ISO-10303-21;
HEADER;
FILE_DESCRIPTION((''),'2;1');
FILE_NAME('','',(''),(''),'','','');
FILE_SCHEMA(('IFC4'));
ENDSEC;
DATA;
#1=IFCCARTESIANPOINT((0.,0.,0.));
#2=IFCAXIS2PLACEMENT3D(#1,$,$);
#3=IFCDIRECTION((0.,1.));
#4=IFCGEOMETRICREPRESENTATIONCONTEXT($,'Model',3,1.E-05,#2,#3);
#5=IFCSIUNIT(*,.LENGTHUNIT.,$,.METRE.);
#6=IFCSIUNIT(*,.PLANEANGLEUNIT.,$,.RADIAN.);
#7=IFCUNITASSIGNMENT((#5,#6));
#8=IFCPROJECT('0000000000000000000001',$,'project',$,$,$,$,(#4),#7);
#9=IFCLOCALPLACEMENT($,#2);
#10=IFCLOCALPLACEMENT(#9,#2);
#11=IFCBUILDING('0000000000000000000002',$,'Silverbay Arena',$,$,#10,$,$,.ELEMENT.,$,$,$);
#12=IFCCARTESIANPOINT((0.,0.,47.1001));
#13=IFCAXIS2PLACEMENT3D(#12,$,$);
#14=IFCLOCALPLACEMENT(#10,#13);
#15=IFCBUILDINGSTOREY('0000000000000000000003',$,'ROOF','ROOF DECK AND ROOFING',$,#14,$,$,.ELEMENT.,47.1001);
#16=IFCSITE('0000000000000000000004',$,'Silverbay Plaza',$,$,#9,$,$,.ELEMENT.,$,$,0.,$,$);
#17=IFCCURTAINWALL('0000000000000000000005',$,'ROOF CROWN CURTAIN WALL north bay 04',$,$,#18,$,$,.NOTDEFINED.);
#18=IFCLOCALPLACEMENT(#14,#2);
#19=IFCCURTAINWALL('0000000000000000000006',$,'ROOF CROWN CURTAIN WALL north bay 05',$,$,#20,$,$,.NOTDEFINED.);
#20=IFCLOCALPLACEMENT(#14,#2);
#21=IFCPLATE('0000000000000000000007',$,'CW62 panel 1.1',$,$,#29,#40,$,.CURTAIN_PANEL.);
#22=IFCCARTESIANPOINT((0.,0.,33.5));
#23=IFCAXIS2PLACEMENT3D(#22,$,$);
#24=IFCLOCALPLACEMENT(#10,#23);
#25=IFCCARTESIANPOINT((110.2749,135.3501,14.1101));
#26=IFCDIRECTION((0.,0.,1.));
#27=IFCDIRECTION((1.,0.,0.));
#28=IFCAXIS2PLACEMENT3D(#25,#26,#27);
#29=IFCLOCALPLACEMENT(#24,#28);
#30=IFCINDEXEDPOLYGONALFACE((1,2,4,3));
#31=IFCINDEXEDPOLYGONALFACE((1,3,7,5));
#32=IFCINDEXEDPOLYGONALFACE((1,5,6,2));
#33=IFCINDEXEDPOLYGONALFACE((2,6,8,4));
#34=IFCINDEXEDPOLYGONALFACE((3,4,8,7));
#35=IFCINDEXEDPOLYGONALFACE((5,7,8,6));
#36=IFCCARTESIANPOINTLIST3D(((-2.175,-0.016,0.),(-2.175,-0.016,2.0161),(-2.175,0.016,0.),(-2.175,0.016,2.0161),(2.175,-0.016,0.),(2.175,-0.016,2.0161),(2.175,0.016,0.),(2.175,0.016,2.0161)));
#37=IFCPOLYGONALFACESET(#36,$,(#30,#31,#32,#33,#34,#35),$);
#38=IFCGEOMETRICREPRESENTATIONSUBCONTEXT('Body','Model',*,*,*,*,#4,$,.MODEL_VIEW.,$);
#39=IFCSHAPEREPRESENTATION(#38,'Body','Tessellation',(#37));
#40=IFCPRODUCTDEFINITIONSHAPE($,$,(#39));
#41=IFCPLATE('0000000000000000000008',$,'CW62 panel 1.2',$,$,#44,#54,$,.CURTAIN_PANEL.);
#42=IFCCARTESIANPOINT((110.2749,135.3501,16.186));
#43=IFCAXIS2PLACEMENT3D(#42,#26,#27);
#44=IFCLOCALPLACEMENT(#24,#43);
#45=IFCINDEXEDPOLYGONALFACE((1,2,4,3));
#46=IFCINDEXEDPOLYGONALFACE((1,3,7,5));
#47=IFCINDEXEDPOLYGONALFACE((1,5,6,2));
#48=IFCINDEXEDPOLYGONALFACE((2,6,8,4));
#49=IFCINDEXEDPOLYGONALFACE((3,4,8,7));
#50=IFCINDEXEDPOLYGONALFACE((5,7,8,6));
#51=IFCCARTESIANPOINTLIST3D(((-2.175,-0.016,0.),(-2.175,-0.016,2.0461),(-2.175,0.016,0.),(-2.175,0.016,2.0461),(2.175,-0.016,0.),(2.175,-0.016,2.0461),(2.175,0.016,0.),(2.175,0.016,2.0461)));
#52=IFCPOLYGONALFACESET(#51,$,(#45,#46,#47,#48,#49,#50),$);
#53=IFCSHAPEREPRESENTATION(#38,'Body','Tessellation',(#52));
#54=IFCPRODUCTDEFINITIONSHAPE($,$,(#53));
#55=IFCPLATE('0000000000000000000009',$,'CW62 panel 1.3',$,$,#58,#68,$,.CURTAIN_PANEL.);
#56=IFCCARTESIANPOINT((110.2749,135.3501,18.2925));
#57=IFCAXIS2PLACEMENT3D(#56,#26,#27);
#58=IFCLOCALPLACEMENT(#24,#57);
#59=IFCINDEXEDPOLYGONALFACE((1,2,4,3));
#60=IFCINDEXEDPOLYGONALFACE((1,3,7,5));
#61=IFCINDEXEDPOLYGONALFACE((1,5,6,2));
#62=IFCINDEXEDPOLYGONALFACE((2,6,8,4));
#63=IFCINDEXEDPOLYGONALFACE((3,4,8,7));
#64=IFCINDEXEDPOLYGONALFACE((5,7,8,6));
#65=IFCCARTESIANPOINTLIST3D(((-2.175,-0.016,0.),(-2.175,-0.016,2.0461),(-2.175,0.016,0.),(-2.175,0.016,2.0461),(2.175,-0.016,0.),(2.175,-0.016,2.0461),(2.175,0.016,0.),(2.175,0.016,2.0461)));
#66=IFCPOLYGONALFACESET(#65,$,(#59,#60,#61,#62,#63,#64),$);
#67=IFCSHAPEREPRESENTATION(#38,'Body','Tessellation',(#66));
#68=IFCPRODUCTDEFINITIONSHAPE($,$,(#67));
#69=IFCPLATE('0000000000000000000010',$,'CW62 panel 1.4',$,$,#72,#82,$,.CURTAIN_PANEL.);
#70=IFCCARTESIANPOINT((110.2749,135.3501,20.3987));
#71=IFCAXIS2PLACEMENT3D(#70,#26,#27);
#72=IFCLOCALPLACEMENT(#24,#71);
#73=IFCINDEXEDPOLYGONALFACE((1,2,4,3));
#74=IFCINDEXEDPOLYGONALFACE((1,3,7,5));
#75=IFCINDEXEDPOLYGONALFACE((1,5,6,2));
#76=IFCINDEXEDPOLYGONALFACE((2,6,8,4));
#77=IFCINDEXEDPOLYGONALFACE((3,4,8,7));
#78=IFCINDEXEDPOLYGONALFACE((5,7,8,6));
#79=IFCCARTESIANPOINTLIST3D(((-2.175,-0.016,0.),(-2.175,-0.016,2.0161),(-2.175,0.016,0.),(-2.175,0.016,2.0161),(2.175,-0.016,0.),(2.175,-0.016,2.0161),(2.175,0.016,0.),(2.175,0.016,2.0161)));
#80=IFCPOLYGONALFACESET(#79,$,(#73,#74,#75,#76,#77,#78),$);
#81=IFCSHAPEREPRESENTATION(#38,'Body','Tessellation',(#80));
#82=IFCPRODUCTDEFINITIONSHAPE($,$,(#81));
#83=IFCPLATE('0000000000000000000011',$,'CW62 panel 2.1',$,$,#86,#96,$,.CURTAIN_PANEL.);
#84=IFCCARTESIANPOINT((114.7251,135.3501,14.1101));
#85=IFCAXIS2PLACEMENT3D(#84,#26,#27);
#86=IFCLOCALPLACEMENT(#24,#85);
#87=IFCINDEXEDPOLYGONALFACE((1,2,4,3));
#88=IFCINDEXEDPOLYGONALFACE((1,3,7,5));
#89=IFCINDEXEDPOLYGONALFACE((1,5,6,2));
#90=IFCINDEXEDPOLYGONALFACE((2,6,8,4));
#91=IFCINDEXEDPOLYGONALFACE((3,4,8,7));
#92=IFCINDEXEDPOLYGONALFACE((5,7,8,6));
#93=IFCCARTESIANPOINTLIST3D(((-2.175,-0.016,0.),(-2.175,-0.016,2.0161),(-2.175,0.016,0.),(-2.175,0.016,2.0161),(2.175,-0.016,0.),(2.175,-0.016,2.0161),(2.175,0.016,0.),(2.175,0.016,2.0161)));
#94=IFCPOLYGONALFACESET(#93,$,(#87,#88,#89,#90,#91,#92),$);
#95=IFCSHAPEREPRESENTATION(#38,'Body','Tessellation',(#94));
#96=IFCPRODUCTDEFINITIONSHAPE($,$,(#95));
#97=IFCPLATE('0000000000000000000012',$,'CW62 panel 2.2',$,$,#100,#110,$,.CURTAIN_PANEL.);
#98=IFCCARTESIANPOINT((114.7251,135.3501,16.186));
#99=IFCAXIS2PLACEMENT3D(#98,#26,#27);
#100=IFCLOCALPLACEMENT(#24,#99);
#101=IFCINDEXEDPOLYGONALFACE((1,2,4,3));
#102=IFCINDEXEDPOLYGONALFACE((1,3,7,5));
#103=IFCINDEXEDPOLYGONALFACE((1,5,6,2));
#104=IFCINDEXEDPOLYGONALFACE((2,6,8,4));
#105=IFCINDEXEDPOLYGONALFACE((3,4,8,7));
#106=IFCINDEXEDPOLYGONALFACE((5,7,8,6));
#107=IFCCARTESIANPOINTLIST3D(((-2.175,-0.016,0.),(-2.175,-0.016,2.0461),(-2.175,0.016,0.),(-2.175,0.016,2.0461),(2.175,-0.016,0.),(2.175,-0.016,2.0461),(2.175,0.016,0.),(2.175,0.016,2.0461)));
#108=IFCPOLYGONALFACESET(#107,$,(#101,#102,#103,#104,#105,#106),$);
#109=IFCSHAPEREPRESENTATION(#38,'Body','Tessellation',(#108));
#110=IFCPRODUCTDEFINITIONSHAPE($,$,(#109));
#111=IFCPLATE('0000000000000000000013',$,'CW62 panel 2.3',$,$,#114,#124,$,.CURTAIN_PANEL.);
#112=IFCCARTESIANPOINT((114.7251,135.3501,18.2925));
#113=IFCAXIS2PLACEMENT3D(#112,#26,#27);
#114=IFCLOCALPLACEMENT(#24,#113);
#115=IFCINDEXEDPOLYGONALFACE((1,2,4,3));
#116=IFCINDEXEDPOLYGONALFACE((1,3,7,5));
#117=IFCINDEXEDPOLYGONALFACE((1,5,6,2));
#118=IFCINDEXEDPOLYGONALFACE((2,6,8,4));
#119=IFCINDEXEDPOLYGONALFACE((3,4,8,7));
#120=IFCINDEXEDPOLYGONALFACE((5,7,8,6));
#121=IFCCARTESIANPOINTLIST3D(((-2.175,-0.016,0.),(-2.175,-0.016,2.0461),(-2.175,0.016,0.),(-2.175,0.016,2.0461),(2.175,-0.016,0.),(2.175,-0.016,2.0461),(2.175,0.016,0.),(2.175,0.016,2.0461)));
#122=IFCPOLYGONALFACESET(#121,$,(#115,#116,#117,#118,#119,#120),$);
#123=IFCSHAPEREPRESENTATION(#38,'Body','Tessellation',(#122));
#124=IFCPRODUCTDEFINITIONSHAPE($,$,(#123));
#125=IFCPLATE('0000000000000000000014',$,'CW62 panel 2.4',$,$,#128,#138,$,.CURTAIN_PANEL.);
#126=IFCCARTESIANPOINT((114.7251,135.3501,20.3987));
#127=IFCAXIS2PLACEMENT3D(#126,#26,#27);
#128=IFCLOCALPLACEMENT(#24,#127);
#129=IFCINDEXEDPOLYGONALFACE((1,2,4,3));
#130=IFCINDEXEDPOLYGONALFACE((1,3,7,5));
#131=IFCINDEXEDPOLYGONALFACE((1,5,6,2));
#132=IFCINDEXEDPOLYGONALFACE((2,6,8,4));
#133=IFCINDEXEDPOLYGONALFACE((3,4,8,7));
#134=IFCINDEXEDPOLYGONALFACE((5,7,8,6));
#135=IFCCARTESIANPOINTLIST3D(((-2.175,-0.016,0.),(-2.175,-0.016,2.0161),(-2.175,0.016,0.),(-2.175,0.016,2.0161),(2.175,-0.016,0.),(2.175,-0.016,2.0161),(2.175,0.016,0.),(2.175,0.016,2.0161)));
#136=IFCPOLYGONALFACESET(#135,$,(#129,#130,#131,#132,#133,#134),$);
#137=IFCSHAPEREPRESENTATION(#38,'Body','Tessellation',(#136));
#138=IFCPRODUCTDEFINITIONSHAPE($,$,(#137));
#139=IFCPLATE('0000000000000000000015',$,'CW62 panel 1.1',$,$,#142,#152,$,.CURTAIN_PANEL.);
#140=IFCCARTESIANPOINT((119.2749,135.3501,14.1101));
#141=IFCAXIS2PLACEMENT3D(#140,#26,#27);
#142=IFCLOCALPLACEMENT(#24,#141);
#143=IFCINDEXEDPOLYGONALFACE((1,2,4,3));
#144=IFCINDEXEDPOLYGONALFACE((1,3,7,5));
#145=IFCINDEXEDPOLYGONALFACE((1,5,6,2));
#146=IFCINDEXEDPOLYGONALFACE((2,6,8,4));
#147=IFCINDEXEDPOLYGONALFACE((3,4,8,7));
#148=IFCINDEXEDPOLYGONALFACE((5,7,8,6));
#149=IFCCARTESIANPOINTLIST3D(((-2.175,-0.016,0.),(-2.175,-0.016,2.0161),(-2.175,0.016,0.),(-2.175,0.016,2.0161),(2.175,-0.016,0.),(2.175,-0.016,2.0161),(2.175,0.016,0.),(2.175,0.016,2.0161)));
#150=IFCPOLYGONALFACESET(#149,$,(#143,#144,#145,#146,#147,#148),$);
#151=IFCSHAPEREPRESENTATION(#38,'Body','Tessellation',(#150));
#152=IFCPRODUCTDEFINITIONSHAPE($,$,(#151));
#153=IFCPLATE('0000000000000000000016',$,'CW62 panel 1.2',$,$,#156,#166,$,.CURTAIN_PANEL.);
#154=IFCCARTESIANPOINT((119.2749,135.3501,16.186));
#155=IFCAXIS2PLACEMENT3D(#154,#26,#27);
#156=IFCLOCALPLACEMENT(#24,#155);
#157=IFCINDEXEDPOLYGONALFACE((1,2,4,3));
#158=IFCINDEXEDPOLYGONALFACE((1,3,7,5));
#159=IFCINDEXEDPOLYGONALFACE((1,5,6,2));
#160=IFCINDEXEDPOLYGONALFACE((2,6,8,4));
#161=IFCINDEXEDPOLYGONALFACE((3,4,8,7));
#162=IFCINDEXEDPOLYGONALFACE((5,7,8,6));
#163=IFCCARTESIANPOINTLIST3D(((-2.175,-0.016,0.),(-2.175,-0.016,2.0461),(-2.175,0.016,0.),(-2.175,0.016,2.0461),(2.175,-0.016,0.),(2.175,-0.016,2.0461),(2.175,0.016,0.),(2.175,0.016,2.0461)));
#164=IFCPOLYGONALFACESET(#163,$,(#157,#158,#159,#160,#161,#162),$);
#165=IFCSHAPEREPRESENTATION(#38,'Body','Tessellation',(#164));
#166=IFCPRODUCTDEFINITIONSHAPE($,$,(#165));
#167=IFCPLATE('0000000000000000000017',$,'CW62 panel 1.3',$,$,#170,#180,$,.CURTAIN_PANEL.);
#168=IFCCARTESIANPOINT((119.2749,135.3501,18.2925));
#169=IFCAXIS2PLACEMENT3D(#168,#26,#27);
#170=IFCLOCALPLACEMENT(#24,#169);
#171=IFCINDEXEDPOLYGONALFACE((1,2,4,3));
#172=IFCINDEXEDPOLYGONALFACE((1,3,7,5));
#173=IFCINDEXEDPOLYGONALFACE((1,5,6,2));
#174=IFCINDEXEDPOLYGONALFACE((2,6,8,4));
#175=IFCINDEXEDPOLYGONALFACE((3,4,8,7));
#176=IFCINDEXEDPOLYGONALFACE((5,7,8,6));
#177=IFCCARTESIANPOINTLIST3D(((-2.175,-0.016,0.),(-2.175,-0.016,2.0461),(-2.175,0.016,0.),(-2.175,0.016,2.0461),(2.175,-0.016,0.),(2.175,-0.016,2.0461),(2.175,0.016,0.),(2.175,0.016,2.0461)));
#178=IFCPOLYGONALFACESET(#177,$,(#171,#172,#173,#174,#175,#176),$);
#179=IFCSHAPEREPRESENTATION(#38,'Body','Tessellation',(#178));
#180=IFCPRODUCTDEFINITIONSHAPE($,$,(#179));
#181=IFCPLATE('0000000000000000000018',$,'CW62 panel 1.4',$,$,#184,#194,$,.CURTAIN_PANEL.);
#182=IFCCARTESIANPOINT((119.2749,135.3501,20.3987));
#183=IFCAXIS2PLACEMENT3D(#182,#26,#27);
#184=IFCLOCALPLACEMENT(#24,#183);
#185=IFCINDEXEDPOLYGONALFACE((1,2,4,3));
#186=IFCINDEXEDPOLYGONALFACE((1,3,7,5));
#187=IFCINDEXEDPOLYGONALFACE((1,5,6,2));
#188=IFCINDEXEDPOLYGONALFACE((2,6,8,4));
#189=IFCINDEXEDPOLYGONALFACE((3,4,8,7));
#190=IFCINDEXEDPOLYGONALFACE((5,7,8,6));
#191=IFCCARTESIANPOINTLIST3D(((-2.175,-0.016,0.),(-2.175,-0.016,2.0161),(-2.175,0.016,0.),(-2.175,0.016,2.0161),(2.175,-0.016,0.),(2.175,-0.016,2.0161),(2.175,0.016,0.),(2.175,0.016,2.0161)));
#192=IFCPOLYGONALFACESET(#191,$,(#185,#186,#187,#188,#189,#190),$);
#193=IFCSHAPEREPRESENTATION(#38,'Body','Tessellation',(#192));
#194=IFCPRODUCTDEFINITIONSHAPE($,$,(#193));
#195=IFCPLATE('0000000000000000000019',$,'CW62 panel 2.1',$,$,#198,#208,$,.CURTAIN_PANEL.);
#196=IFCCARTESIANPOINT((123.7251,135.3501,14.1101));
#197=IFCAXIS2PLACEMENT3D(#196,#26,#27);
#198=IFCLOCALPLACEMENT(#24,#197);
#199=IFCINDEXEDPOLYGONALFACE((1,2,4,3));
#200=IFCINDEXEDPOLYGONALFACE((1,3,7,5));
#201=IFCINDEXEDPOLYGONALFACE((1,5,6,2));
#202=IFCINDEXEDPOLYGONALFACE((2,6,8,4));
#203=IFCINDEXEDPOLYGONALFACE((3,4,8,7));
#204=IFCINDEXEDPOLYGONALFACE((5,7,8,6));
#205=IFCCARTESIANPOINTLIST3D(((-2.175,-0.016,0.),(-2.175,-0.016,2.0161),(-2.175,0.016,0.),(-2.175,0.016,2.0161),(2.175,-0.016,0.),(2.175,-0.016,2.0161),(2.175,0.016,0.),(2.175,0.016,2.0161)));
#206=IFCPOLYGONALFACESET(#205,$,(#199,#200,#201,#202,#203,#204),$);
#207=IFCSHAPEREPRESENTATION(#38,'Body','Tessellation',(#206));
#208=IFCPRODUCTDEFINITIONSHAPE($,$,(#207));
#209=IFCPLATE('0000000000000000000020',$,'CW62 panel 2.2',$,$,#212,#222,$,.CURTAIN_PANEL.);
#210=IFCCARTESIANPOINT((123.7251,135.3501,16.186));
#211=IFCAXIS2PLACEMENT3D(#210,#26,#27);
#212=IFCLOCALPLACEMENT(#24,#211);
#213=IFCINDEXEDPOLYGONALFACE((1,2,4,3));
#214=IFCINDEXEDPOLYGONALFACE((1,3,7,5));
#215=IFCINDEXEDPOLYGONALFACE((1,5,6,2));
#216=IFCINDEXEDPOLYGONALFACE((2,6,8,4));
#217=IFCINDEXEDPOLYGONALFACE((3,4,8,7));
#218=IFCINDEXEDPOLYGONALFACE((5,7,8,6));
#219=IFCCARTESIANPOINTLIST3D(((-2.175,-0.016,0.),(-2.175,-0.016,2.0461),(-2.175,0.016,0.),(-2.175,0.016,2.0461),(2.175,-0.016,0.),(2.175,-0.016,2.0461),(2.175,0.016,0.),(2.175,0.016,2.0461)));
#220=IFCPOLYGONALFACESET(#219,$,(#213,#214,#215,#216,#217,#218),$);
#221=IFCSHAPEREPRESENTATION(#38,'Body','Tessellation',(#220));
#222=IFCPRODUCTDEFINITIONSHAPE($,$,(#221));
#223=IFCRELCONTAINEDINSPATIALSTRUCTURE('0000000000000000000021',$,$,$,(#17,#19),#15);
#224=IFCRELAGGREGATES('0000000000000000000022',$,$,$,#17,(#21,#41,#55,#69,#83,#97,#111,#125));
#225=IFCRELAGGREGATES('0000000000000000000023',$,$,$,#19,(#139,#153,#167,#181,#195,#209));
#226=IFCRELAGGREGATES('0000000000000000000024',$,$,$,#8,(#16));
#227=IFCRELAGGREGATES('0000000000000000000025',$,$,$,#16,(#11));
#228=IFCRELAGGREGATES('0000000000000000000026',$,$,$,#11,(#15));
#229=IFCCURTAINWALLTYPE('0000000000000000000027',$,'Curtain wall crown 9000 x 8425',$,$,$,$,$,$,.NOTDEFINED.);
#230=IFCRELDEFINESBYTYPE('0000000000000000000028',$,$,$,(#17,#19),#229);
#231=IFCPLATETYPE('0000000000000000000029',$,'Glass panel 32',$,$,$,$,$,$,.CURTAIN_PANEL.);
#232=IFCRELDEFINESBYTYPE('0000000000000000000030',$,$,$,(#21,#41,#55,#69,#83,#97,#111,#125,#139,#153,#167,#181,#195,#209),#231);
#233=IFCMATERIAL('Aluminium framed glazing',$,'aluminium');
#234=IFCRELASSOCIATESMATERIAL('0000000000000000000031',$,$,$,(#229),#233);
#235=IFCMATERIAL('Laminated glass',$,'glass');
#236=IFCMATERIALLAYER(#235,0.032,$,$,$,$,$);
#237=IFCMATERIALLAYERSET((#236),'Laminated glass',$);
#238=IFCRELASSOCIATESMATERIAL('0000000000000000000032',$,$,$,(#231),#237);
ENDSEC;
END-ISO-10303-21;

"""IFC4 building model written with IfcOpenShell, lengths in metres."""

from ifc_helpers import new_model, si_unit, direction, frame, origin, origin_2d, place, context, subcontext, project, spatial, rectangle, extrude, material, layer, layer_set, type_object, element, aggregate, save


model = new_model("IFC4")

# Units and contexts
model_context = context("Model", 3, precision=1e-05, world=origin(), true_north=direction((0.0, 1.0)))
body_context = subcontext(model_context, "Body", "Model", "MODEL_VIEW")
ifc_project = project(units=[si_unit("LENGTHUNIT", "METRE"), si_unit("PLANEANGLEUNIT", "RADIAN")], contexts=[model_context])

# Site, building, storey
site_placement = place(None, origin())
site = spatial("IfcSite", under=ifc_project, at=site_placement, Name="Silverbay Plaza", CompositionType="ELEMENT", RefElevation=0.0)
building_placement = place(site_placement, origin())
building = spatial("IfcBuilding", under=site, at=building_placement, Name="Silverbay Arena", CompositionType="ELEMENT")
storey_placement = place(building_placement, frame((0.0, 0.0, 47.1001)))
storey = spatial("IfcBuildingStorey", under=building, at=storey_placement, Name="ROOF", Description="ROOF DECK AND ROOFING", CompositionType="ELEMENT", Elevation=47.1001)

# Curtain walls
ifc_material_1 = material(Name="Aluminium framed glazing", Category="aluminium")
curtain_wall_type = type_object("IfcCurtainWallType", Name="Curtain wall crown 9000 x 8425", PredefinedType="NOTDEFINED", material=ifc_material_1)
curtain_wall_1_placement = place(storey_placement, origin())
curtain_wall_1 = element("IfcCurtainWall", 1, at=curtain_wall_1_placement, inside=storey, type_object=curtain_wall_type, Name="ROOF CROWN CURTAIN WALL north bay 04", PredefinedType="NOTDEFINED")
placement = place(building_placement, frame((0.0, 0.0, 33.5)))
curtain_wall_2_placement = place(storey_placement, origin())
curtain_wall_2 = element("IfcCurtainWall", 2, at=curtain_wall_2_placement, inside=storey, type_object=curtain_wall_type, Name="ROOF CROWN CURTAIN WALL north bay 05", PredefinedType="NOTDEFINED")

# Plates
ifc_material_2 = material(Name="Laminated glass", Category="glass")
ifc_layer = layer(ifc_material_2, 0.032)
ifc_layer_set = layer_set([ifc_layer], Name="Laminated glass")
plate_type = type_object("IfcPlateType", Name="Glass panel 32", PredefinedType="CURTAIN_PANEL", material=ifc_layer_set)
plate_1_placement = place(placement, frame((110.2749, 135.3501, 14.1101), z_axis=(0.0, 0.0, 1.0), x_axis=(1.0, 0.0, 0.0)))
plate_1 = element("IfcPlate", 3, at=plate_1_placement, type_object=plate_type, Name="CW62 panel 1.1", PredefinedType="CURTAIN_PANEL", context=body_context, shape_type="SweptSolid", body=[
    extrude(rectangle(XDim=4.3501, YDim=0.032, at=origin_2d()), origin(), (0.0, 0.0, 1.0), 2.0161),
])
plate_2_placement = place(placement, frame((110.2749, 135.3501, 16.186), z_axis=(0.0, 0.0, 1.0), x_axis=(1.0, 0.0, 0.0)))
plate_2 = element("IfcPlate", 4, at=plate_2_placement, type_object=plate_type, Name="CW62 panel 1.2", PredefinedType="CURTAIN_PANEL", context=body_context, shape_type="SweptSolid", body=[
    extrude(rectangle(XDim=4.3501, YDim=0.032, at=origin_2d()), origin(), (0.0, 0.0, 1.0), 2.0461),
])
plate_3_placement = place(placement, frame((110.2749, 135.3501, 18.2925), z_axis=(0.0, 0.0, 1.0), x_axis=(1.0, 0.0, 0.0)))
plate_3 = element("IfcPlate", 5, at=plate_3_placement, type_object=plate_type, Name="CW62 panel 1.3", PredefinedType="CURTAIN_PANEL", context=body_context, shape_type="SweptSolid", body=[
    extrude(rectangle(XDim=4.3501, YDim=0.032, at=origin_2d()), origin(), (0.0, 0.0, 1.0), 2.0461),
])
plate_4_placement = place(placement, frame((110.2749, 135.3501, 20.3987), z_axis=(0.0, 0.0, 1.0), x_axis=(1.0, 0.0, 0.0)))
plate_4 = element("IfcPlate", 6, at=plate_4_placement, type_object=plate_type, Name="CW62 panel 1.4", PredefinedType="CURTAIN_PANEL", context=body_context, shape_type="SweptSolid", body=[
    extrude(rectangle(XDim=4.3501, YDim=0.032, at=origin_2d()), origin(), (0.0, 0.0, 1.0), 2.0161),
])
plate_5_placement = place(placement, frame((114.7251, 135.3501, 14.1101), z_axis=(0.0, 0.0, 1.0), x_axis=(1.0, 0.0, 0.0)))
plate_5 = element("IfcPlate", 7, at=plate_5_placement, type_object=plate_type, Name="CW62 panel 2.1", PredefinedType="CURTAIN_PANEL", context=body_context, shape_type="SweptSolid", body=[
    extrude(rectangle(XDim=4.3501, YDim=0.032, at=origin_2d()), origin(), (0.0, 0.0, 1.0), 2.0161),
])
plate_6_placement = place(placement, frame((114.7251, 135.3501, 16.186), z_axis=(0.0, 0.0, 1.0), x_axis=(1.0, 0.0, 0.0)))
plate_6 = element("IfcPlate", 8, at=plate_6_placement, type_object=plate_type, Name="CW62 panel 2.2", PredefinedType="CURTAIN_PANEL", context=body_context, shape_type="SweptSolid", body=[
    extrude(rectangle(XDim=4.3501, YDim=0.032, at=origin_2d()), origin(), (0.0, 0.0, 1.0), 2.0461),
])
plate_7_placement = place(placement, frame((114.7251, 135.3501, 18.2925), z_axis=(0.0, 0.0, 1.0), x_axis=(1.0, 0.0, 0.0)))
plate_7 = element("IfcPlate", 9, at=plate_7_placement, type_object=plate_type, Name="CW62 panel 2.3", PredefinedType="CURTAIN_PANEL", context=body_context, shape_type="SweptSolid", body=[
    extrude(rectangle(XDim=4.3501, YDim=0.032, at=origin_2d()), origin(), (0.0, 0.0, 1.0), 2.0461),
])
plate_8_placement = place(placement, frame((114.7251, 135.3501, 20.3987), z_axis=(0.0, 0.0, 1.0), x_axis=(1.0, 0.0, 0.0)))
plate_8 = element("IfcPlate", 10, at=plate_8_placement, type_object=plate_type, Name="CW62 panel 2.4", PredefinedType="CURTAIN_PANEL", context=body_context, shape_type="SweptSolid", body=[
    extrude(rectangle(XDim=4.3501, YDim=0.032, at=origin_2d()), origin(), (0.0, 0.0, 1.0), 2.0161),
])
aggregate(curtain_wall_1, [plate_1, plate_2, plate_3, plate_4, plate_5, plate_6, plate_7, plate_8])
plate_9_placement = place(placement, frame((119.2749, 135.3501, 14.1101), z_axis=(0.0, 0.0, 1.0), x_axis=(1.0, 0.0, 0.0)))
plate_9 = element("IfcPlate", 11, at=plate_9_placement, type_object=plate_type, Name="CW62 panel 1.1", PredefinedType="CURTAIN_PANEL", context=body_context, shape_type="SweptSolid", body=[
    extrude(rectangle(XDim=4.3501, YDim=0.032, at=origin_2d()), origin(), (0.0, 0.0, 1.0), 2.0161),
])
plate_10_placement = place(placement, frame((119.2749, 135.3501, 16.186), z_axis=(0.0, 0.0, 1.0), x_axis=(1.0, 0.0, 0.0)))
plate_10 = element("IfcPlate", 12, at=plate_10_placement, type_object=plate_type, Name="CW62 panel 1.2", PredefinedType="CURTAIN_PANEL", context=body_context, shape_type="SweptSolid", body=[
    extrude(rectangle(XDim=4.3501, YDim=0.032, at=origin_2d()), origin(), (0.0, 0.0, 1.0), 2.0461),
])
plate_11_placement = place(placement, frame((119.2749, 135.3501, 18.2925), z_axis=(0.0, 0.0, 1.0), x_axis=(1.0, 0.0, 0.0)))
plate_11 = element("IfcPlate", 13, at=plate_11_placement, type_object=plate_type, Name="CW62 panel 1.3", PredefinedType="CURTAIN_PANEL", context=body_context, shape_type="SweptSolid", body=[
    extrude(rectangle(XDim=4.3501, YDim=0.032, at=origin_2d()), origin(), (0.0, 0.0, 1.0), 2.0461),
])
plate_12_placement = place(placement, frame((119.2749, 135.3501, 20.3987), z_axis=(0.0, 0.0, 1.0), x_axis=(1.0, 0.0, 0.0)))
plate_12 = element("IfcPlate", 14, at=plate_12_placement, type_object=plate_type, Name="CW62 panel 1.4", PredefinedType="CURTAIN_PANEL", context=body_context, shape_type="SweptSolid", body=[
    extrude(rectangle(XDim=4.3501, YDim=0.032, at=origin_2d()), origin(), (0.0, 0.0, 1.0), 2.0161),
])
plate_13_placement = place(placement, frame((123.7251, 135.3501, 14.1101), z_axis=(0.0, 0.0, 1.0), x_axis=(1.0, 0.0, 0.0)))
plate_13 = element("IfcPlate", 15, at=plate_13_placement, type_object=plate_type, Name="CW62 panel 2.1", PredefinedType="CURTAIN_PANEL", context=body_context, shape_type="SweptSolid", body=[
    extrude(rectangle(XDim=4.3501, YDim=0.032, at=origin_2d()), origin(), (0.0, 0.0, 1.0), 2.0161),
])
plate_14_placement = place(placement, frame((123.7251, 135.3501, 16.186), z_axis=(0.0, 0.0, 1.0), x_axis=(1.0, 0.0, 0.0)))
plate_14 = element("IfcPlate", 16, at=plate_14_placement, type_object=plate_type, Name="CW62 panel 2.2", PredefinedType="CURTAIN_PANEL", context=body_context, shape_type="SweptSolid", body=[
    extrude(rectangle(XDim=4.3501, YDim=0.032, at=origin_2d()), origin(), (0.0, 0.0, 1.0), 2.0461),
])
aggregate(curtain_wall_2, [plate_9, plate_10, plate_11, plate_12, plate_13, plate_14])

save(model, "model.ifc")
